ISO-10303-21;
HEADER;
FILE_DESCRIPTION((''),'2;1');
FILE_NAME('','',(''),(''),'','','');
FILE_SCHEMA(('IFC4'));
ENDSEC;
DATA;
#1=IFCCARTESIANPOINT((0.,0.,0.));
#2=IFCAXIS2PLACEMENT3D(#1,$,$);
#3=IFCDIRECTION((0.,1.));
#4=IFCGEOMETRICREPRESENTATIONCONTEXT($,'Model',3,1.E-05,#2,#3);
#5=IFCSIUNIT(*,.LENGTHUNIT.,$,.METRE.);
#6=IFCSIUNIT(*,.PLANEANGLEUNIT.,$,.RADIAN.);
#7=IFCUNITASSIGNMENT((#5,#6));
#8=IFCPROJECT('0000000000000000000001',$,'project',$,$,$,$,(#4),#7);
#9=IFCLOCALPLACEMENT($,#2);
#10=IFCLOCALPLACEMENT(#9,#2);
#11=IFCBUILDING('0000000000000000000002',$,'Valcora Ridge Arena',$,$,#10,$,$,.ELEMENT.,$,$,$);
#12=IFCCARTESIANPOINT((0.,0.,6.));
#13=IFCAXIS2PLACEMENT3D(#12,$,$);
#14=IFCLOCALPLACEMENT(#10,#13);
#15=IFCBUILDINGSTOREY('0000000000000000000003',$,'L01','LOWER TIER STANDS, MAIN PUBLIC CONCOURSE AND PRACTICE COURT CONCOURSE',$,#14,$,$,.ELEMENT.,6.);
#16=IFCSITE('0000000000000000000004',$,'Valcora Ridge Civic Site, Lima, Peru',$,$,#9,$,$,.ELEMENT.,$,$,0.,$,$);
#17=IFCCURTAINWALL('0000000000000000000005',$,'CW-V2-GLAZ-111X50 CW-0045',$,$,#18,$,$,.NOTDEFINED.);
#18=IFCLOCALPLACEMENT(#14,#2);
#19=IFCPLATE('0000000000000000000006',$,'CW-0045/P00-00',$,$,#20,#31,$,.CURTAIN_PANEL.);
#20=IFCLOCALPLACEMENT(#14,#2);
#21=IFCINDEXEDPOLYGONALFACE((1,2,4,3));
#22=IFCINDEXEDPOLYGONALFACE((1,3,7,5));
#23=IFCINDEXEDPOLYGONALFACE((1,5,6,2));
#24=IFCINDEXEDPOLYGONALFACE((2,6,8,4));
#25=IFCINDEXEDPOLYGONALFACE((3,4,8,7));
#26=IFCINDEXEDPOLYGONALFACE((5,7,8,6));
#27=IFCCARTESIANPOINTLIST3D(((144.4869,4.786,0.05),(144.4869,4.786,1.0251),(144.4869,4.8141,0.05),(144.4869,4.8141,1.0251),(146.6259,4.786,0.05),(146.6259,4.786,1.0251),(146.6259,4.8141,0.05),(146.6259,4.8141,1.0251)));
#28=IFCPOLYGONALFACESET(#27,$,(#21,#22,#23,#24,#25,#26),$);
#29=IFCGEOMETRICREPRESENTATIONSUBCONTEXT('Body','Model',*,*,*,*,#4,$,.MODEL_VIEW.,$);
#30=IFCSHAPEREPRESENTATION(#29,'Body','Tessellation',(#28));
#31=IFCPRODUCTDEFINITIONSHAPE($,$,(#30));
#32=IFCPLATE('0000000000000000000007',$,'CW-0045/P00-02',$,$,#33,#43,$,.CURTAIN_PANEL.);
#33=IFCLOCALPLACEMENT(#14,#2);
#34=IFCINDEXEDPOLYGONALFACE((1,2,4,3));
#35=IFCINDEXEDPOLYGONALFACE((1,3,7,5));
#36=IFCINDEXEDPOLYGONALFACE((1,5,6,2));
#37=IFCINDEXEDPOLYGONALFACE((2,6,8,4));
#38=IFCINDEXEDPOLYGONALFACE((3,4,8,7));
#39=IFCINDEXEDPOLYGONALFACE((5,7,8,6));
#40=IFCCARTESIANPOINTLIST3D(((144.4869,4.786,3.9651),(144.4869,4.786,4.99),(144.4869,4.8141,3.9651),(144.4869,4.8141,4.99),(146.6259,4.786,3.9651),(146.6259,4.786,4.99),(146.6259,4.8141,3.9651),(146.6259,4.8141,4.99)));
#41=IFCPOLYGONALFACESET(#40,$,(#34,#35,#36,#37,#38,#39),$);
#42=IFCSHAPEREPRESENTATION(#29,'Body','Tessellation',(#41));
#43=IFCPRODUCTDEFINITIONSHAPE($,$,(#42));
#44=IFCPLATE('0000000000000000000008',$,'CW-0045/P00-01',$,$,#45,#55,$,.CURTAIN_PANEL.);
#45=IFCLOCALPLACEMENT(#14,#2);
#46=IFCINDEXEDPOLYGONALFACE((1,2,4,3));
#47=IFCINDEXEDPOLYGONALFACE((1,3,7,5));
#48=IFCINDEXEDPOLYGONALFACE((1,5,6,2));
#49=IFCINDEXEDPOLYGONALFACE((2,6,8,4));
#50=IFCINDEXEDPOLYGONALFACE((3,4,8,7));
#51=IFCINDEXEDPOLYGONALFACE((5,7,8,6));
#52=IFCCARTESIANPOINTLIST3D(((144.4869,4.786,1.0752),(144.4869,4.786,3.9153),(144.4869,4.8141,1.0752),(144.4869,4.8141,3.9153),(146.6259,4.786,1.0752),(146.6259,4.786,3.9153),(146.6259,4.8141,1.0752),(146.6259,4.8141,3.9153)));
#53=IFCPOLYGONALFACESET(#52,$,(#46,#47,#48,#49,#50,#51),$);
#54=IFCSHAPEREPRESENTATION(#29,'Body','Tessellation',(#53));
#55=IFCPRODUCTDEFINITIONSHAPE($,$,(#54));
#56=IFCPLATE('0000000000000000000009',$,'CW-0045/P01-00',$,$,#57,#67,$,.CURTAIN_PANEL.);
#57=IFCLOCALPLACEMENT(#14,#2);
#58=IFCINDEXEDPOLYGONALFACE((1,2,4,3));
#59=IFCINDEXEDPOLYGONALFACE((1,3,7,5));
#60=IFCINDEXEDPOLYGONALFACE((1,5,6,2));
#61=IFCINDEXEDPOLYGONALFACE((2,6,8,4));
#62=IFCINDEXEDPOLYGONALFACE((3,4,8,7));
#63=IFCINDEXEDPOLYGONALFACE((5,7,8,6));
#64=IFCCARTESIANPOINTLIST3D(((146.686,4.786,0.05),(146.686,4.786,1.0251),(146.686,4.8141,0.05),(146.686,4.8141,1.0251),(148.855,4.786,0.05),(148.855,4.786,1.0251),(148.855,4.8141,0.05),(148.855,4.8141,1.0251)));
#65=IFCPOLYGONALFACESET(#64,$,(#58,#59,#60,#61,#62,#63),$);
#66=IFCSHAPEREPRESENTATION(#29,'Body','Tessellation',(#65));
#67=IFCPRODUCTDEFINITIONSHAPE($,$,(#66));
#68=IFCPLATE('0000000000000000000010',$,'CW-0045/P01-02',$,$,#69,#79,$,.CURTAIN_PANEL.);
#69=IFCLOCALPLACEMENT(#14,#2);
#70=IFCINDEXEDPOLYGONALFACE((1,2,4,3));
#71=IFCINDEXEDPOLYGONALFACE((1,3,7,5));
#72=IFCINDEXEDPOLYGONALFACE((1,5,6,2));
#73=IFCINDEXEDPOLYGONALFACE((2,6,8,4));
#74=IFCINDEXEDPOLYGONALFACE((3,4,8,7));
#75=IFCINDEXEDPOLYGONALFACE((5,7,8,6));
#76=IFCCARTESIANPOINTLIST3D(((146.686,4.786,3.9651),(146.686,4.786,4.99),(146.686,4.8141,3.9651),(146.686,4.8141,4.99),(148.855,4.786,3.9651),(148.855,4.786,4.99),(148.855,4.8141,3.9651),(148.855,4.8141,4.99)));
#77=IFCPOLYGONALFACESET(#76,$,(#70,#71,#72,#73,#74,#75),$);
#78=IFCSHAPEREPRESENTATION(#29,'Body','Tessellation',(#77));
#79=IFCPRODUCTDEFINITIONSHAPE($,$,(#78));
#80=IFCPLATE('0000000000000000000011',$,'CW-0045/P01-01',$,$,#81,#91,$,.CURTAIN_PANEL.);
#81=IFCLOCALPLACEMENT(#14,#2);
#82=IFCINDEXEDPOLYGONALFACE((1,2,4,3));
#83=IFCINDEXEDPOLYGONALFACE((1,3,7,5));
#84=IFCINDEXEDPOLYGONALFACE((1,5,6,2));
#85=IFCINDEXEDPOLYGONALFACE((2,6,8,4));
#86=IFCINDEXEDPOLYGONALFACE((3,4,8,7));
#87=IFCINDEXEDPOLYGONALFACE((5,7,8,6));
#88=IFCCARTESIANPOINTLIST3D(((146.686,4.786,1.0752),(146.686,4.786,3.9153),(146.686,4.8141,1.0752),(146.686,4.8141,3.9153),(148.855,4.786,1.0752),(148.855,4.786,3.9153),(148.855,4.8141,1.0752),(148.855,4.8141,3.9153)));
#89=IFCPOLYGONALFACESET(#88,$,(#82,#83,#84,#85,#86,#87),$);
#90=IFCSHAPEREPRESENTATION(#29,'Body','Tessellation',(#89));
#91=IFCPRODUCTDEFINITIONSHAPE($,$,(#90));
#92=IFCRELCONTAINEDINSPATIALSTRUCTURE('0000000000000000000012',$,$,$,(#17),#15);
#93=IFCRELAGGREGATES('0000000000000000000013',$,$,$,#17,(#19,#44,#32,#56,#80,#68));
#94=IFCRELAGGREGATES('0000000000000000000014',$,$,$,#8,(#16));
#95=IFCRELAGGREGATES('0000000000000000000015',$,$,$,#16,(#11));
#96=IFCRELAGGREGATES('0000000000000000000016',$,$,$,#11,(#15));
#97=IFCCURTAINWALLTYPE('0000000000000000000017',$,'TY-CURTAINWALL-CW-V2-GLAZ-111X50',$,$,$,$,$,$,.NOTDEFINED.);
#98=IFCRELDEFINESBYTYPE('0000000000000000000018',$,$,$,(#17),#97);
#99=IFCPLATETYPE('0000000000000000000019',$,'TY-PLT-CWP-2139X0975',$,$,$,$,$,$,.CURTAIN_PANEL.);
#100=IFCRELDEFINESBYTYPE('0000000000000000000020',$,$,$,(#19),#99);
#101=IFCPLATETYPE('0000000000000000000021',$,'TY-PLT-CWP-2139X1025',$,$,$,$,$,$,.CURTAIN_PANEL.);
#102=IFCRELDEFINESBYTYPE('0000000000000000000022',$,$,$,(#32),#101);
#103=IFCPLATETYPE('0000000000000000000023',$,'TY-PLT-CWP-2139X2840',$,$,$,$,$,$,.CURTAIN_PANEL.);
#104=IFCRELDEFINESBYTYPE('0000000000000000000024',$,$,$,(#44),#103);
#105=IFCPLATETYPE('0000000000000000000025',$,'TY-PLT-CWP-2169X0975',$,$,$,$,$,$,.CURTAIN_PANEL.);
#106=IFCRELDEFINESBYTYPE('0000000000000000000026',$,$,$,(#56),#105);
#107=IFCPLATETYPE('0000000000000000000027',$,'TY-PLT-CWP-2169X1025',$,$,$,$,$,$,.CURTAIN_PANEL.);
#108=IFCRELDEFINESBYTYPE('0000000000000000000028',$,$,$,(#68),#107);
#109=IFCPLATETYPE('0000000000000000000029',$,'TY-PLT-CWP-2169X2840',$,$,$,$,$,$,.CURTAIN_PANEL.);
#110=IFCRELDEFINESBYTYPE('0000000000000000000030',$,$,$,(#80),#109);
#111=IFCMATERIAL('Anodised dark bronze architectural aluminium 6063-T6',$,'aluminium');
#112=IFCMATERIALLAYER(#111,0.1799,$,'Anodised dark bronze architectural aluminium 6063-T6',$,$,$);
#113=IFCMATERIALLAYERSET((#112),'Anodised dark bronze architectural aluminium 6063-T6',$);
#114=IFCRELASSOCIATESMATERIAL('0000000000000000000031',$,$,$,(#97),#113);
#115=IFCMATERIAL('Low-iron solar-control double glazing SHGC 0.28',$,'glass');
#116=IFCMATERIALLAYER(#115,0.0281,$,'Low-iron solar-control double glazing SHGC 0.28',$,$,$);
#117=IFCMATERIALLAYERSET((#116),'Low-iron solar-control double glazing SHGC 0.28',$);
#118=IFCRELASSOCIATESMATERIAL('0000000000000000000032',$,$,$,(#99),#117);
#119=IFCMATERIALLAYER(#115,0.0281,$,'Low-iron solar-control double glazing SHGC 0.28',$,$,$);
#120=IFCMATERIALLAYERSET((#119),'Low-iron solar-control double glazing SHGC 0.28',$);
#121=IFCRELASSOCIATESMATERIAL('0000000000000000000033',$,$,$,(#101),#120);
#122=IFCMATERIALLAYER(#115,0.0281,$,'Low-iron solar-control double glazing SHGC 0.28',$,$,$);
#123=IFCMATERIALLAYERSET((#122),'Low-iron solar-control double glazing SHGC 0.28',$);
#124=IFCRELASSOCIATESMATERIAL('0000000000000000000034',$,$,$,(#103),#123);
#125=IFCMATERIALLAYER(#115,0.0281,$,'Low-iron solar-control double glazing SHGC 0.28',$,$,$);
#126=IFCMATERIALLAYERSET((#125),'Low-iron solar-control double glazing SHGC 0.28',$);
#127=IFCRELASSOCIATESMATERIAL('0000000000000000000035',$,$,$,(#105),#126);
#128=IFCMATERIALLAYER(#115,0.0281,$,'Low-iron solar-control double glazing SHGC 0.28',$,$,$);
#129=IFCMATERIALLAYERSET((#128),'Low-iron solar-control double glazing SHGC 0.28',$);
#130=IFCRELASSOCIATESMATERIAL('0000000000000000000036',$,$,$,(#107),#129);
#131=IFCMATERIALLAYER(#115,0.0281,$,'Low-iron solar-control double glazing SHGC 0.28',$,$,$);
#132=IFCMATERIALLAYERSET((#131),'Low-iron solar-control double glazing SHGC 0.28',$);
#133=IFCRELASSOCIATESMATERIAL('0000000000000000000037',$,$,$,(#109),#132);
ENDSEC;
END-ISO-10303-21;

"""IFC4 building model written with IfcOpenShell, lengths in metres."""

from ifc_helpers import new_model, si_unit, direction, frame, origin, origin_2d, place, context, subcontext, project, spatial, rectangle, extrude, material, layer, layer_set, type_object, element, aggregate, save


model = new_model("IFC4")

# Units and contexts
model_context = context("Model", 3, precision=1e-05, world=origin(), true_north=direction((0.0, 1.0)))
body_context = subcontext(model_context, "Body", "Model", "MODEL_VIEW")
ifc_project = project(units=[si_unit("LENGTHUNIT", "METRE"), si_unit("PLANEANGLEUNIT", "RADIAN")], contexts=[model_context])

# Site, building, storey
site_placement = place(None, origin())
site = spatial("IfcSite", under=ifc_project, at=site_placement, Name="Valcora Ridge Civic Site, Lima, Peru", CompositionType="ELEMENT", RefElevation=0.0)
building_placement = place(site_placement, origin())
building = spatial("IfcBuilding", under=site, at=building_placement, Name="Valcora Ridge Arena", CompositionType="ELEMENT")
storey_placement = place(building_placement, frame((0.0, 0.0, 6.0)))
storey = spatial("IfcBuildingStorey", under=building, at=storey_placement, Name="L01", Description="LOWER TIER STANDS, MAIN PUBLIC CONCOURSE AND PRACTICE COURT CONCOURSE", CompositionType="ELEMENT", Elevation=6.0)

# Curtain wall, plates
ifc_material_1 = material(Name="Anodised dark bronze architectural aluminium 6063-T6", Category="aluminium")
ifc_layer_1 = layer(ifc_material_1, 0.1799, Name="Anodised dark bronze architectural aluminium 6063-T6")
ifc_layer_set_1 = layer_set([ifc_layer_1], Name="Anodised dark bronze architectural aluminium 6063-T6")
curtain_wall_type = type_object("IfcCurtainWallType", Name="TY-CURTAINWALL-CW-V2-GLAZ-111X50", PredefinedType="NOTDEFINED", material=ifc_layer_set_1)
curtain_wall_placement = place(storey_placement, origin())
curtain_wall = element("IfcCurtainWall", 1, at=curtain_wall_placement, inside=storey, type_object=curtain_wall_type, Name="CW-V2-GLAZ-111X50 CW-0045", PredefinedType="NOTDEFINED")
ifc_material_2 = material(Name="Low-iron solar-control double glazing SHGC 0.28", Category="glass")
ifc_layer_2 = layer(ifc_material_2, 0.0281, Name="Low-iron solar-control double glazing SHGC 0.28")
ifc_layer_set_2 = layer_set([ifc_layer_2], Name="Low-iron solar-control double glazing SHGC 0.28")
plate_type_1 = type_object("IfcPlateType", Name="TY-PLT-CWP-2139X0975", PredefinedType="CURTAIN_PANEL", material=ifc_layer_set_2)
plate_1_placement = place(storey_placement, frame((145.5564, 4.8, 0.05), z_axis=(0.0, 0.0, 1.0), x_axis=(1.0, 0.0, 0.0)))
plate_1 = element("IfcPlate", 2, at=plate_1_placement, type_object=plate_type_1, Name="CW-0045/P00-00", PredefinedType="CURTAIN_PANEL", context=body_context, shape_type="SweptSolid", body=[
    extrude(rectangle(XDim=2.1389, YDim=0.0281, at=origin_2d()), origin(), (0.0, 0.0, 1.0), 0.9751),
])
ifc_layer_3 = layer(ifc_material_2, 0.0281, Name="Low-iron solar-control double glazing SHGC 0.28")
ifc_layer_set_3 = layer_set([ifc_layer_3], Name="Low-iron solar-control double glazing SHGC 0.28")
plate_type_2 = type_object("IfcPlateType", Name="TY-PLT-CWP-2139X1025", PredefinedType="CURTAIN_PANEL", material=ifc_layer_set_3)
plate_2_placement = place(storey_placement, frame((145.5564, 4.8, 3.9651), z_axis=(0.0, 0.0, 1.0), x_axis=(1.0, 0.0, 0.0)))
plate_2 = element("IfcPlate", 3, at=plate_2_placement, type_object=plate_type_2, Name="CW-0045/P00-02", PredefinedType="CURTAIN_PANEL", context=body_context, shape_type="SweptSolid", body=[
    extrude(rectangle(XDim=2.1389, YDim=0.0281, at=origin_2d()), origin(), (0.0, 0.0, 1.0), 1.0249),
])
ifc_layer_4 = layer(ifc_material_2, 0.0281, Name="Low-iron solar-control double glazing SHGC 0.28")
ifc_layer_set_4 = layer_set([ifc_layer_4], Name="Low-iron solar-control double glazing SHGC 0.28")
plate_type_3 = type_object("IfcPlateType", Name="TY-PLT-CWP-2139X2840", PredefinedType="CURTAIN_PANEL", material=ifc_layer_set_4)
plate_3_placement = place(storey_placement, frame((145.5564, 4.8, 1.0752), z_axis=(0.0, 0.0, 1.0), x_axis=(1.0, 0.0, 0.0)))
plate_3 = element("IfcPlate", 4, at=plate_3_placement, type_object=plate_type_3, Name="CW-0045/P00-01", PredefinedType="CURTAIN_PANEL", context=body_context, shape_type="SweptSolid", body=[
    extrude(rectangle(XDim=2.1389, YDim=0.0281, at=origin_2d()), origin(), (0.0, 0.0, 1.0), 2.8401),
])
ifc_layer_5 = layer(ifc_material_2, 0.0281, Name="Low-iron solar-control double glazing SHGC 0.28")
ifc_layer_set_5 = layer_set([ifc_layer_5], Name="Low-iron solar-control double glazing SHGC 0.28")
plate_type_4 = type_object("IfcPlateType", Name="TY-PLT-CWP-2169X0975", PredefinedType="CURTAIN_PANEL", material=ifc_layer_set_5)
plate_4_placement = place(storey_placement, frame((147.7705, 4.8, 0.05), z_axis=(0.0, 0.0, 1.0), x_axis=(1.0, 0.0, 0.0)))
plate_4 = element("IfcPlate", 5, at=plate_4_placement, type_object=plate_type_4, Name="CW-0045/P01-00", PredefinedType="CURTAIN_PANEL", context=body_context, shape_type="SweptSolid", body=[
    extrude(rectangle(XDim=2.1689, YDim=0.0281, at=origin_2d()), origin(), (0.0, 0.0, 1.0), 0.9751),
])
ifc_layer_6 = layer(ifc_material_2, 0.0281, Name="Low-iron solar-control double glazing SHGC 0.28")
ifc_layer_set_6 = layer_set([ifc_layer_6], Name="Low-iron solar-control double glazing SHGC 0.28")
plate_type_5 = type_object("IfcPlateType", Name="TY-PLT-CWP-2169X1025", PredefinedType="CURTAIN_PANEL", material=ifc_layer_set_6)
plate_5_placement = place(storey_placement, frame((147.7705, 4.8, 3.9651), z_axis=(0.0, 0.0, 1.0), x_axis=(1.0, 0.0, 0.0)))
plate_5 = element("IfcPlate", 6, at=plate_5_placement, type_object=plate_type_5, Name="CW-0045/P01-02", PredefinedType="CURTAIN_PANEL", context=body_context, shape_type="SweptSolid", body=[
    extrude(rectangle(XDim=2.1689, YDim=0.0281, at=origin_2d()), origin(), (0.0, 0.0, 1.0), 1.0249),
])
ifc_layer_7 = layer(ifc_material_2, 0.0281, Name="Low-iron solar-control double glazing SHGC 0.28")
ifc_layer_set_7 = layer_set([ifc_layer_7], Name="Low-iron solar-control double glazing SHGC 0.28")
plate_type_6 = type_object("IfcPlateType", Name="TY-PLT-CWP-2169X2840", PredefinedType="CURTAIN_PANEL", material=ifc_layer_set_7)
plate_6_placement = place(storey_placement, frame((147.7705, 4.8, 1.0752), z_axis=(0.0, 0.0, 1.0), x_axis=(1.0, 0.0, 0.0)))
plate_6 = element("IfcPlate", 7, at=plate_6_placement, type_object=plate_type_6, Name="CW-0045/P01-01", PredefinedType="CURTAIN_PANEL", context=body_context, shape_type="SweptSolid", body=[
    extrude(rectangle(XDim=2.1689, YDim=0.0281, at=origin_2d()), origin(), (0.0, 0.0, 1.0), 2.8401),
])
aggregate(curtain_wall, [plate_1, plate_3, plate_2, plate_4, plate_6, plate_5])

save(model, "model.ifc")
